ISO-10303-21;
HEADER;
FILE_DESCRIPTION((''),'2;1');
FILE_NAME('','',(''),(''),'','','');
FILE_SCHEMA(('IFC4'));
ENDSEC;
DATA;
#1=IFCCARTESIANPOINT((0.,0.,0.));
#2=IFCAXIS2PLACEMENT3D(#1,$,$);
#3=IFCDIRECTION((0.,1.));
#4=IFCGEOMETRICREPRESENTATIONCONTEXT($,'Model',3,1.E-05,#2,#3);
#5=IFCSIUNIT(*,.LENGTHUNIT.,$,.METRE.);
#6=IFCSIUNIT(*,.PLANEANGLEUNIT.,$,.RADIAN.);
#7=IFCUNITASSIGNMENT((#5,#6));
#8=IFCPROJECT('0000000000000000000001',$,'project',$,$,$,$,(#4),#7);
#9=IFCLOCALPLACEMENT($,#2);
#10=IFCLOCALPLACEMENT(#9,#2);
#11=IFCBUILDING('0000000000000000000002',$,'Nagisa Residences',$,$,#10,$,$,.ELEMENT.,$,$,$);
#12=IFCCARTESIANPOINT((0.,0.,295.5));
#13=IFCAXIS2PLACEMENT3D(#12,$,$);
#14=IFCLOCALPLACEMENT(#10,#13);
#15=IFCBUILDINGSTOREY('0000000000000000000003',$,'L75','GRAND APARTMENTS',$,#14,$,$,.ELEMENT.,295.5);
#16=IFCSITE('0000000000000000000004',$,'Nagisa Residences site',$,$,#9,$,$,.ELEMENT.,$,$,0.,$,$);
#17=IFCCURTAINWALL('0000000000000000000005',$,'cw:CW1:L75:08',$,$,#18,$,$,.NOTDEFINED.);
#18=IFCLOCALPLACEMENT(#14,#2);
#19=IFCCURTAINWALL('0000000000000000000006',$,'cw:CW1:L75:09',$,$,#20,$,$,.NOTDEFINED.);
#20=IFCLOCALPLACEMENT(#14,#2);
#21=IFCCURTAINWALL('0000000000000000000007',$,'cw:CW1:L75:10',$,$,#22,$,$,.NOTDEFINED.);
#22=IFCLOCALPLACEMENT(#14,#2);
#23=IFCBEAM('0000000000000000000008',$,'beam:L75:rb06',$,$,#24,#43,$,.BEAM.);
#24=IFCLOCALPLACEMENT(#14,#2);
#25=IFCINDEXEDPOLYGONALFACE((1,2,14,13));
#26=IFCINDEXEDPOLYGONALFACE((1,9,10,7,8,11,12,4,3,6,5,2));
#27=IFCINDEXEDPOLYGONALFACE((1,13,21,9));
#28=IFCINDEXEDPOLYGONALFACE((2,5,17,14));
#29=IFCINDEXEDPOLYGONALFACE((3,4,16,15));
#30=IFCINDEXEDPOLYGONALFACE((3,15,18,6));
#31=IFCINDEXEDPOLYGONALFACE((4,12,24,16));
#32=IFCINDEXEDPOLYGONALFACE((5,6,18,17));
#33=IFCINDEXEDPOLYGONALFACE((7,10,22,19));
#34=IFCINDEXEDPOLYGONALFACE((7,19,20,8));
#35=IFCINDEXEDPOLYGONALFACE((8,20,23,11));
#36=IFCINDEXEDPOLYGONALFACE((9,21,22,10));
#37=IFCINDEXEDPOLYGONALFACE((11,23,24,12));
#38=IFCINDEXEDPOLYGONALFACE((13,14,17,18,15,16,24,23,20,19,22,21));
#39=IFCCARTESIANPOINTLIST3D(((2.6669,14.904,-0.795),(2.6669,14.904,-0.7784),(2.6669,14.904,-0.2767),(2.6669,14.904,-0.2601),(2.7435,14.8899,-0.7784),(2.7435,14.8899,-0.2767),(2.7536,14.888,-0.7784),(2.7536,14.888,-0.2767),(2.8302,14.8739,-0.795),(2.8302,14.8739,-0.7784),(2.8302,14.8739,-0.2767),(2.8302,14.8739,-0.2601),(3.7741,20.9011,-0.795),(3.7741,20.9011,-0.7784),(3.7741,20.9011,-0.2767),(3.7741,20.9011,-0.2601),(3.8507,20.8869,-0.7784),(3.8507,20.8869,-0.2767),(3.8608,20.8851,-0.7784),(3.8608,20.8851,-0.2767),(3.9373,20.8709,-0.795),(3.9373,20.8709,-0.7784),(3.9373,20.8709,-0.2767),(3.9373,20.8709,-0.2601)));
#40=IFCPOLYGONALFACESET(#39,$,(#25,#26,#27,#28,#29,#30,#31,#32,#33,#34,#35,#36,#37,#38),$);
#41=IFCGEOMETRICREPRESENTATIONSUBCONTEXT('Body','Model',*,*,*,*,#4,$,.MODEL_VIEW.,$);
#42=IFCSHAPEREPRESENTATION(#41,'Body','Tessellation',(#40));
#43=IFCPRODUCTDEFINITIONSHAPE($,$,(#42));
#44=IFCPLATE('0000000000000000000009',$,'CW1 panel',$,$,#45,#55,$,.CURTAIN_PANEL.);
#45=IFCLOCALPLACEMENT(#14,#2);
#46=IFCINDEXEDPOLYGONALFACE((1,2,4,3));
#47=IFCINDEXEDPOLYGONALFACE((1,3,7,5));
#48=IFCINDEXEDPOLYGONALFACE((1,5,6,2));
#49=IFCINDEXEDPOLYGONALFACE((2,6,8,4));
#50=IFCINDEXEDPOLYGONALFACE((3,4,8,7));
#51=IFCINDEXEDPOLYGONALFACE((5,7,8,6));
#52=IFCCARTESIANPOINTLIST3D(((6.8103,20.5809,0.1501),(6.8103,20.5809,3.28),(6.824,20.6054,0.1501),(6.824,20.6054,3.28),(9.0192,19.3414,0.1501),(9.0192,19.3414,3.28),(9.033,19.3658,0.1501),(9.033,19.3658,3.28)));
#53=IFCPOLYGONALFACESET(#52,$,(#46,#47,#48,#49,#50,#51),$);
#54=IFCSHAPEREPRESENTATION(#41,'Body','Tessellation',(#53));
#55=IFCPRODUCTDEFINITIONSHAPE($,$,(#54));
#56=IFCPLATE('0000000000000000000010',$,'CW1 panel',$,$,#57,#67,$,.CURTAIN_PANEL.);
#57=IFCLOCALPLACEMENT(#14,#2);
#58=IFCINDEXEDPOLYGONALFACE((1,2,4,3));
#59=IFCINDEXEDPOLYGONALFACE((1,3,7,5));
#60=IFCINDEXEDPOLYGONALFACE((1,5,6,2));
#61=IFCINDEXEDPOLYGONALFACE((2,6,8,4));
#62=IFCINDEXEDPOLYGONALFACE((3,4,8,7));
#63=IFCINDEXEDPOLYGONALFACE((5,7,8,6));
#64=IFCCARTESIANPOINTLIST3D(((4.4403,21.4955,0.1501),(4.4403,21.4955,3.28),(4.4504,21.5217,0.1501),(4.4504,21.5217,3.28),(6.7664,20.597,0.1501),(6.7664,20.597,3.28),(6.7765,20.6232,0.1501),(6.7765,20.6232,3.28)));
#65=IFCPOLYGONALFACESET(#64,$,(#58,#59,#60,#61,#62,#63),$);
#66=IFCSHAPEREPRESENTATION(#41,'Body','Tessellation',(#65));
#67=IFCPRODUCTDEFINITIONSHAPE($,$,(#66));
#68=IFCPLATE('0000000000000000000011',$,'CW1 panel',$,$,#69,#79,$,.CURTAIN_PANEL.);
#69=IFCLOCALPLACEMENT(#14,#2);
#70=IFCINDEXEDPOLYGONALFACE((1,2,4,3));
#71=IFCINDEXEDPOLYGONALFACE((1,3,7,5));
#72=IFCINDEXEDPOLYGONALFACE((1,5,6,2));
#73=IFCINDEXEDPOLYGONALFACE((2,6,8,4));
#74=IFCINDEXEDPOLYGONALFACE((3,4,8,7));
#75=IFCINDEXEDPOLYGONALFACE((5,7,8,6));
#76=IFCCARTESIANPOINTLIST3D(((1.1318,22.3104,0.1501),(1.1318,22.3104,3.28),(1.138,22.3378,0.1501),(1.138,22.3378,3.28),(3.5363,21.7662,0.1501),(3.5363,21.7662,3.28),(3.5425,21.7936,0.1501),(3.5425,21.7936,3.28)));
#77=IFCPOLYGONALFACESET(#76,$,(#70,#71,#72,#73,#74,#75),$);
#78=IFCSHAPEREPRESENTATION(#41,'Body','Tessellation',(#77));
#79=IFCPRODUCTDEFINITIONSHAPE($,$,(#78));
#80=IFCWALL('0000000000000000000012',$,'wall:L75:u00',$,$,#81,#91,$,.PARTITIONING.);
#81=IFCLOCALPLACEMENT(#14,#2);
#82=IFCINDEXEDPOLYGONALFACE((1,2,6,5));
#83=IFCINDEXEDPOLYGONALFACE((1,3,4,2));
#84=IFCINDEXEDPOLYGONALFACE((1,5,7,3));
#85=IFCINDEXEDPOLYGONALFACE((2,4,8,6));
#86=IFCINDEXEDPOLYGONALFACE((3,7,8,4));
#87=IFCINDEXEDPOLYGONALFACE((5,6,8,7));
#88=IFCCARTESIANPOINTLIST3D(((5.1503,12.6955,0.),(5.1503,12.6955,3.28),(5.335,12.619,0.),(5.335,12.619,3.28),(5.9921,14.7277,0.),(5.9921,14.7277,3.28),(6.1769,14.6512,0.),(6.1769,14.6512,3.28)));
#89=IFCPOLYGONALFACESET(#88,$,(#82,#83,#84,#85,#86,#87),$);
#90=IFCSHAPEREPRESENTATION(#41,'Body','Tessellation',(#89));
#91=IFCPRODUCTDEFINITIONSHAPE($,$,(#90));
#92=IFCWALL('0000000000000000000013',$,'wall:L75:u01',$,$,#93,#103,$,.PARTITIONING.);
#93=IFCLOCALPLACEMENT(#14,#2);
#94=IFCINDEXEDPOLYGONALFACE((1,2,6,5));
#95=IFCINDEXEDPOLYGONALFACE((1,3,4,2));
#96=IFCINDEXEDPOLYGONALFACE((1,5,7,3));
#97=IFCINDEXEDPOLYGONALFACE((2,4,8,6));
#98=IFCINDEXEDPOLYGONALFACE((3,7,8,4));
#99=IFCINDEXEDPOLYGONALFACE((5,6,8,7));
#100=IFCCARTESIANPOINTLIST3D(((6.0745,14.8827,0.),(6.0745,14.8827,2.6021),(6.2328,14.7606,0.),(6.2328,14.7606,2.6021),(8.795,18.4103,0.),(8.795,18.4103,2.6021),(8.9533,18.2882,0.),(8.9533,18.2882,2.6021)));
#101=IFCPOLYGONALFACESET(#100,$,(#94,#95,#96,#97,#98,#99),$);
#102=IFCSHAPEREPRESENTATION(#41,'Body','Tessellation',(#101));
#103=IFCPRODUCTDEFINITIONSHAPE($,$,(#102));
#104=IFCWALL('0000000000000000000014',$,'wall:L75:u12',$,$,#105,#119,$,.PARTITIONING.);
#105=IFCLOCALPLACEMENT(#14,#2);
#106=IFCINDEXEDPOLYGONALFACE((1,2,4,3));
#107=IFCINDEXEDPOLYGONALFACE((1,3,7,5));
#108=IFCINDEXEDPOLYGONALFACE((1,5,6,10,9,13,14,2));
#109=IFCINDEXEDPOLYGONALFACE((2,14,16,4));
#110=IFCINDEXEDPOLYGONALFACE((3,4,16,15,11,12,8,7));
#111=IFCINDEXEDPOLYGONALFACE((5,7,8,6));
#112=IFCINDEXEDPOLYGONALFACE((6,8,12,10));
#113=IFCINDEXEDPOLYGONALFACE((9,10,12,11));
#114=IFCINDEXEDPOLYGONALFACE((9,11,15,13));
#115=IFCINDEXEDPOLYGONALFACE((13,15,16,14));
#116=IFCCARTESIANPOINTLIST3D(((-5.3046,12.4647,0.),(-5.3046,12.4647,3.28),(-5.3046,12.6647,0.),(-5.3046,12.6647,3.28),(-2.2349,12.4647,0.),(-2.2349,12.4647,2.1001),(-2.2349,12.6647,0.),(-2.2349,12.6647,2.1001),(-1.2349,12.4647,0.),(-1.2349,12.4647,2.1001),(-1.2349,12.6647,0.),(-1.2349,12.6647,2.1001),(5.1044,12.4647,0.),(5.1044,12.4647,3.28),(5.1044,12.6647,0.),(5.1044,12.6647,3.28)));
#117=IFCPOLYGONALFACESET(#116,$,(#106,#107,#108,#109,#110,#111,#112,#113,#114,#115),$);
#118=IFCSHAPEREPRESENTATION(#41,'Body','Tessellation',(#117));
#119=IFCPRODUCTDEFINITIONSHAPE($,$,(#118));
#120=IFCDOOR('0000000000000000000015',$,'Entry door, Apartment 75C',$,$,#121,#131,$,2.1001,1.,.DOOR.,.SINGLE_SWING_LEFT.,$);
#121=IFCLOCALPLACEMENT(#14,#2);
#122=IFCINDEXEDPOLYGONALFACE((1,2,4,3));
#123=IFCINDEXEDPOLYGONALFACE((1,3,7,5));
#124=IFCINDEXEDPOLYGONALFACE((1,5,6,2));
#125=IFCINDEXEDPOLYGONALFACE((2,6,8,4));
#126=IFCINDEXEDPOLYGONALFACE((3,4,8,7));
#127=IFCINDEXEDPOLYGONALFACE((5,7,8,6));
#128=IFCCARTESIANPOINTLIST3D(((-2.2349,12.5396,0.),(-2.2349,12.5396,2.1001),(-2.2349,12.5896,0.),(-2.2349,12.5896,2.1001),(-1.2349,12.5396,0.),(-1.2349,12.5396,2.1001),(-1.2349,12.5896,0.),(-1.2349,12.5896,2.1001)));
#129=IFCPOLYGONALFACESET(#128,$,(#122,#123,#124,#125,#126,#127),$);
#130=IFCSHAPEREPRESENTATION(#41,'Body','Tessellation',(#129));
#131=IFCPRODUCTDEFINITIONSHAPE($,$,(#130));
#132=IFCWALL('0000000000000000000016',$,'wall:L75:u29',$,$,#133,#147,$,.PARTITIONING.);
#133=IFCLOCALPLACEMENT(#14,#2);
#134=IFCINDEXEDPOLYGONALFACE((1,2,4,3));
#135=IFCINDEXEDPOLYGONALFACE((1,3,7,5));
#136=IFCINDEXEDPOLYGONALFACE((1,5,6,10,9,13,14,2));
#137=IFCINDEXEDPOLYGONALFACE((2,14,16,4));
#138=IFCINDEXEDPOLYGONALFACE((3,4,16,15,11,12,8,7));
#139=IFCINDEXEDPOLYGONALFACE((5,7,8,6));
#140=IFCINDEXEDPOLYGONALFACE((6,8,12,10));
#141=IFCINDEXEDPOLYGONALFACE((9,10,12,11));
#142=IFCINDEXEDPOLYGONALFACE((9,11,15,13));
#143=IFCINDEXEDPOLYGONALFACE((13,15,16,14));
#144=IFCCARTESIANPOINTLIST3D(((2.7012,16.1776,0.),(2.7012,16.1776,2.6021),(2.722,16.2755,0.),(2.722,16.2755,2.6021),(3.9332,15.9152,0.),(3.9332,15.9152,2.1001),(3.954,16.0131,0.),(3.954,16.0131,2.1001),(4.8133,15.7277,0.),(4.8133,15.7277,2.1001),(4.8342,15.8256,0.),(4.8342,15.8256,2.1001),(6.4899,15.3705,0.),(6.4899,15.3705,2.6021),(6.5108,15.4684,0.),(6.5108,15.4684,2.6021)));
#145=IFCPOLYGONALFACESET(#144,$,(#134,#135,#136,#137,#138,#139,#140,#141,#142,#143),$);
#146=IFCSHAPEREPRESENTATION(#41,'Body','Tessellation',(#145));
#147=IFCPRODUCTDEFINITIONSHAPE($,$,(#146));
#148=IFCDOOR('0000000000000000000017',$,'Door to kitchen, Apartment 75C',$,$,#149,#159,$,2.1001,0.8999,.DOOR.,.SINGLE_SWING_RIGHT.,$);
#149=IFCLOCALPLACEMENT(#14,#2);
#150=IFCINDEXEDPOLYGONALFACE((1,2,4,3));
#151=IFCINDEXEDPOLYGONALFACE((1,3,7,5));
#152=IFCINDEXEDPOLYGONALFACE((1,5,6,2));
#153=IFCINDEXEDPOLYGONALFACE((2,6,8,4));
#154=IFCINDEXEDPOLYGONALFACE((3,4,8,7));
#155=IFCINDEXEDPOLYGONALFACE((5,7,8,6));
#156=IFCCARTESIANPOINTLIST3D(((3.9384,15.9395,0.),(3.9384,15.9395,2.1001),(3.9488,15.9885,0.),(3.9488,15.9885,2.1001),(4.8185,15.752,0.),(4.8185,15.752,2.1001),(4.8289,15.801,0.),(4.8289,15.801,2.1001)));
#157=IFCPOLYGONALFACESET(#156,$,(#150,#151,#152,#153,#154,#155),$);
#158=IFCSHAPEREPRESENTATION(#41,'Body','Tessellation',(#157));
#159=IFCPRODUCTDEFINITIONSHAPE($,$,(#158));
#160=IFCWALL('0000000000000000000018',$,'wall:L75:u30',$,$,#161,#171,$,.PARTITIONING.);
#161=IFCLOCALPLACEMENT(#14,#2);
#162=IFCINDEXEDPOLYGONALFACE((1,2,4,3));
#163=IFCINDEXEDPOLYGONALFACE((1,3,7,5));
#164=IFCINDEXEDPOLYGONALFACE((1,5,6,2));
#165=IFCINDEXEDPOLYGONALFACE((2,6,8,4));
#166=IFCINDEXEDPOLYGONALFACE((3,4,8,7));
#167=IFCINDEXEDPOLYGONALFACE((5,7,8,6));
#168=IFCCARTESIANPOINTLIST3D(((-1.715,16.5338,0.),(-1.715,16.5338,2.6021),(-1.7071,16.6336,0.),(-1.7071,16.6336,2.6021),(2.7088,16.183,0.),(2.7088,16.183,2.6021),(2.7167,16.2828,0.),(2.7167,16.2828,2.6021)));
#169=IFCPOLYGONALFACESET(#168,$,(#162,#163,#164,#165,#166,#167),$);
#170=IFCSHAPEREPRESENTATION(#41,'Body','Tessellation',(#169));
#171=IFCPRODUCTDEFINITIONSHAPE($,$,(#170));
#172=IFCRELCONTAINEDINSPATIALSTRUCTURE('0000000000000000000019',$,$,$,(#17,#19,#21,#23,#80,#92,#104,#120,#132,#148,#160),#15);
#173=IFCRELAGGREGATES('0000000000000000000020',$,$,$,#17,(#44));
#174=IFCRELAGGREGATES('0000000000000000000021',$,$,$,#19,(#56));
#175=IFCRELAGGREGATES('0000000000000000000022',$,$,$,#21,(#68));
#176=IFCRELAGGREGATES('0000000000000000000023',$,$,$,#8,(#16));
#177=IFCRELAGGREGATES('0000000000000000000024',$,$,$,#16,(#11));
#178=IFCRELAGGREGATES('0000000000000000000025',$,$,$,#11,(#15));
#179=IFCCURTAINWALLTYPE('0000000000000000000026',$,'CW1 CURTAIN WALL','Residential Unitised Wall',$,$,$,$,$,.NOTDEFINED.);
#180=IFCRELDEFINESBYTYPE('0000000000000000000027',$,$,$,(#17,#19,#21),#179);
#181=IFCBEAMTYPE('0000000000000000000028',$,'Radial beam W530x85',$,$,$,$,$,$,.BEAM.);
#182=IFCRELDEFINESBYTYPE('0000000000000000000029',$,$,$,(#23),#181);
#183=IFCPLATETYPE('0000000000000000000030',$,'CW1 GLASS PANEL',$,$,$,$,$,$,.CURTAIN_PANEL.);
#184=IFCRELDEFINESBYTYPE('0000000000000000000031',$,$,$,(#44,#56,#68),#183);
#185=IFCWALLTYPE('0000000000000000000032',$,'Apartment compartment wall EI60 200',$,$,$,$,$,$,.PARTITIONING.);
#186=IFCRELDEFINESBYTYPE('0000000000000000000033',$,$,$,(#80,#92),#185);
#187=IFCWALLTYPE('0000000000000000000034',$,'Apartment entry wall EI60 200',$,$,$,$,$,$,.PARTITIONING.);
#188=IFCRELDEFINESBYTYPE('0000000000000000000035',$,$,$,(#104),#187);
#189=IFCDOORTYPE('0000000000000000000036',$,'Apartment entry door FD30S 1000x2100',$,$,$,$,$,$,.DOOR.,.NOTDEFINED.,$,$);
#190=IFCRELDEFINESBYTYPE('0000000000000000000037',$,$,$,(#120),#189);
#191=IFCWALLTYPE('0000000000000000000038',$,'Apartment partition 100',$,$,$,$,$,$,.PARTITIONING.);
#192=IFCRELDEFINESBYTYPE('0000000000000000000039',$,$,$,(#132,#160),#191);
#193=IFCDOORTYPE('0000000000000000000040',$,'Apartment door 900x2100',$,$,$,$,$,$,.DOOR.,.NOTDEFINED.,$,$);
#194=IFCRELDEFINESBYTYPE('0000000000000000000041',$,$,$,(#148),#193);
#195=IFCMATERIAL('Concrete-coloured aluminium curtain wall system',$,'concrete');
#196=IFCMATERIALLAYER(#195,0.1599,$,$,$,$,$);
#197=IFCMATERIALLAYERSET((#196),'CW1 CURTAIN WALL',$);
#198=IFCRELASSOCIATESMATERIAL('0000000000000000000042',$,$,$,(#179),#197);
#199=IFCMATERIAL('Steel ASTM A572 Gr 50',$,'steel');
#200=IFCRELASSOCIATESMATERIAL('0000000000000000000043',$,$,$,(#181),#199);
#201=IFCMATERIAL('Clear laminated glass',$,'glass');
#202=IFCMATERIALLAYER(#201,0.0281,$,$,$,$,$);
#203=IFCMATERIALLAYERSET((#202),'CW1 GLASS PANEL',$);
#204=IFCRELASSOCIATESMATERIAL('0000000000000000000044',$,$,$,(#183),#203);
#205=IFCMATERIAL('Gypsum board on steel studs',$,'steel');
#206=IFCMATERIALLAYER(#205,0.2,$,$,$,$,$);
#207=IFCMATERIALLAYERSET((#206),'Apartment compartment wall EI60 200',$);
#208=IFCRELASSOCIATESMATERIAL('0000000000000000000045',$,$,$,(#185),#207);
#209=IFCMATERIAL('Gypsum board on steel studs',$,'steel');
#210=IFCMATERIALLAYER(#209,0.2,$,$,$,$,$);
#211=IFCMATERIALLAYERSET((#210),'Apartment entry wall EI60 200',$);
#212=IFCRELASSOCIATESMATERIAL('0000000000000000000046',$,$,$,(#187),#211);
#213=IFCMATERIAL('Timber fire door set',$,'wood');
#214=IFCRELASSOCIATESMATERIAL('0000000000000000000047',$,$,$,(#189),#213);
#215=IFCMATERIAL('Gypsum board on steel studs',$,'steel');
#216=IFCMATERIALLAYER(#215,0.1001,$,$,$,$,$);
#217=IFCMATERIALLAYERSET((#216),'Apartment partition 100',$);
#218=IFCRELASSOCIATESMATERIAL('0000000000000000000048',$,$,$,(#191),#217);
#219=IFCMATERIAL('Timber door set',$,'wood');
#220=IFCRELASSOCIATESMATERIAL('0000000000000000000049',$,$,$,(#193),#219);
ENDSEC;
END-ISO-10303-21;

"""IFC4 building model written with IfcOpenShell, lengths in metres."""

from ifc_helpers import new_model, si_unit, direction, frame, frame_2d, origin, origin_2d, place, context, subcontext, project, spatial, rectangle, i_section, extrude, material, layer, layer_set, material_profile, profile_set, type_object, element, fill, aggregate, save


model = new_model("IFC4")

# Units and contexts
model_context = context("Model", 3, precision=1e-05, world=origin(), true_north=direction((0.0, 1.0)))
body_context = subcontext(model_context, "Body", "Model", "MODEL_VIEW")
ifc_project = project(units=[si_unit("LENGTHUNIT", "METRE"), si_unit("PLANEANGLEUNIT", "RADIAN")], contexts=[model_context])

# Site, building, storey
site_placement = place(None, origin())
site = spatial("IfcSite", under=ifc_project, at=site_placement, Name="Nagisa Residences site", CompositionType="ELEMENT", RefElevation=0.0)
building_placement = place(site_placement, origin())
building = spatial("IfcBuilding", under=site, at=building_placement, Name="Nagisa Residences", CompositionType="ELEMENT")
storey_placement = place(building_placement, frame((0.0, 0.0, 295.5)))
storey = spatial("IfcBuildingStorey", under=building, at=storey_placement, Name="L75", Description="GRAND APARTMENTS", CompositionType="ELEMENT", Elevation=295.5)

# Curtain walls
ifc_material_1 = material(Name="Concrete-coloured aluminium curtain wall system", Category="concrete")
ifc_layer_1 = layer(ifc_material_1, 0.1599)
ifc_layer_set_1 = layer_set([ifc_layer_1], Name="CW1 CURTAIN WALL")
curtain_wall_type = type_object("IfcCurtainWallType", Name="CW1 CURTAIN WALL", Description="Residential Unitised Wall", PredefinedType="NOTDEFINED", material=ifc_layer_set_1)
curtain_wall_1_placement = place(storey_placement, origin())
curtain_wall_1 = element("IfcCurtainWall", 1, at=curtain_wall_1_placement, inside=storey, type_object=curtain_wall_type, Name="cw:CW1:L75:08", PredefinedType="NOTDEFINED")
curtain_wall_2_placement = place(storey_placement, origin())
curtain_wall_2 = element("IfcCurtainWall", 2, at=curtain_wall_2_placement, inside=storey, type_object=curtain_wall_type, Name="cw:CW1:L75:09", PredefinedType="NOTDEFINED")
curtain_wall_3_placement = place(storey_placement, origin())
curtain_wall_3 = element("IfcCurtainWall", 3, at=curtain_wall_3_placement, inside=storey, type_object=curtain_wall_type, Name="cw:CW1:L75:10", PredefinedType="NOTDEFINED")

# Beam
ifc_material_2 = material(Name="Steel ASTM A572 Gr 50", Category="steel")
ifc_material_profile_1 = material_profile(ifc_material_2, i_section(OverallWidth=0.166, OverallDepth=0.5349, WebThickness=0.0103, FlangeThickness=0.0166, at=origin_2d()), Name="W530x85")
ifc_profile_set_1 = profile_set([ifc_material_profile_1], Name="Steel ASTM A572 Gr 50")
beam_type_1 = type_object("IfcBeamType", Name="Radial beam W530x85", PredefinedType="BEAM", material=ifc_profile_set_1)
beam_1_placement = place(storey_placement, frame((3.8557, 20.886, -0.5276), z_axis=(-0.181552, -0.983381, 0.0), x_axis=(0.983381, -0.181552, 0.0)))
element("IfcBeam", 4, at=beam_1_placement, inside=storey, type_object=beam_type_1, Name="beam:L75:rb06", PredefinedType="BEAM", context=body_context, shape_type="SweptSolid", body=[
    extrude(i_section(OverallWidth=0.166, OverallDepth=0.5349, WebThickness=0.0103, FlangeThickness=0.0166, at=origin_2d()), origin(), (0.0, 0.0, 1.0), 6.0984),
])

# Plates
ifc_material_3 = material(Name="Clear laminated glass", Category="glass")
ifc_layer_2 = layer(ifc_material_3, 0.0281)
ifc_layer_set_2 = layer_set([ifc_layer_2], Name="CW1 GLASS PANEL")
plate_type = type_object("IfcPlateType", Name="CW1 GLASS PANEL", PredefinedType="CURTAIN_PANEL", material=ifc_layer_set_2)
plate_1_placement = place(storey_placement, frame((7.9216, 19.9734, 0.1501), z_axis=(0.0, 0.0, 1.0), x_axis=(-0.872072, 0.489377, 0.0)))
plate_1 = element("IfcPlate", 5, at=plate_1_placement, type_object=plate_type, Name="CW1 panel", PredefinedType="CURTAIN_PANEL", context=body_context, shape_type="SweptSolid", body=[
    extrude(rectangle(XDim=2.533, YDim=0.0281, at=origin_2d()), origin(), (0.0, 0.0, 1.0), 3.1299),
])
aggregate(curtain_wall_1, [plate_1])
plate_2_placement = place(storey_placement, frame((5.6084, 21.0593, 0.1501), z_axis=(0.0, 0.0, 1.0), x_axis=(-0.932826, 0.360328, 0.0)))
plate_2 = element("IfcPlate", 6, at=plate_2_placement, type_object=plate_type, Name="CW1 panel", PredefinedType="CURTAIN_PANEL", context=body_context, shape_type="SweptSolid", body=[
    extrude(rectangle(XDim=2.4937, YDim=0.0281, at=origin_2d()), origin(), (0.0, 0.0, 1.0), 3.1299),
])
aggregate(curtain_wall_2, [plate_2])
plate_3_placement = place(storey_placement, frame((2.3372, 22.052, 0.1501), z_axis=(0.0, 0.0, 1.0), x_axis=(-0.975327, 0.220764, 0.0)))
plate_3 = element("IfcPlate", 7, at=plate_3_placement, type_object=plate_type, Name="CW1 panel", PredefinedType="CURTAIN_PANEL", context=body_context, shape_type="SweptSolid", body=[
    extrude(rectangle(XDim=2.4653, YDim=0.0281, at=origin_2d()), origin(), (0.0, 0.0, 1.0), 3.1299),
])
aggregate(curtain_wall_3, [plate_3])

# Walls
ifc_material_4 = material(Name="Gypsum board on steel studs", Category="steel")
ifc_layer_3 = layer(ifc_material_4, 0.2)
ifc_layer_set_3 = layer_set([ifc_layer_3], Name="Apartment compartment wall EI60 200")
wall_type_1 = type_object("IfcWallType", Name="Apartment compartment wall EI60 200", PredefinedType="PARTITIONING", material=ifc_layer_set_3)
wall_1_placement = place(storey_placement, frame((5.2427, 12.6572, 0.0), z_axis=(0.0, 0.0, 1.0), x_axis=(0.382692, 0.923876, 0.0)))
element("IfcWall", 8, at=wall_1_placement, inside=storey, type_object=wall_type_1, Name="wall:L75:u00", PredefinedType="PARTITIONING", context=body_context, shape_type="SweptSolid", body=[
    extrude(rectangle(XDim=2.1997, YDim=0.2, at=frame_2d((1.0999, 0.0))), origin(), (0.0, 0.0, 1.0), 3.28),
])
wall_2_placement = place(storey_placement, frame((6.1536, 14.8215, 0.0), z_axis=(0.0, 0.0, 1.0), x_axis=(0.610688, 0.791872, 0.0)))
element("IfcWall", 9, at=wall_2_placement, inside=storey, type_object=wall_type_1, Name="wall:L75:u01", PredefinedType="PARTITIONING", context=body_context, shape_type="SweptSolid", body=[
    extrude(rectangle(XDim=4.4548, YDim=0.2, at=frame_2d((2.2275, 0.0))), origin(), (0.0, 0.0, 1.0), 2.6021),
])

# Walls, openings, doors
ifc_material_5 = material(Name="Gypsum board on steel studs", Category="steel")
ifc_layer_4 = layer(ifc_material_5, 0.2)
ifc_layer_set_4 = layer_set([ifc_layer_4], Name="Apartment entry wall EI60 200")
wall_type_2 = type_object("IfcWallType", Name="Apartment entry wall EI60 200", PredefinedType="PARTITIONING", material=ifc_layer_set_4)
wall_3_placement = place(storey_placement, frame((5.1045, 12.5647, 0.0), z_axis=(0.0, 0.0, 1.0), x_axis=(-1.0, 0.0, 0.0)))
wall_3 = element("IfcWall", 10, at=wall_3_placement, inside=storey, type_object=wall_type_2, Name="wall:L75:u12", PredefinedType="PARTITIONING", context=body_context, shape_type="SweptSolid", body=[
    extrude(rectangle(XDim=10.4089, YDim=0.2, at=frame_2d((5.2046, 0.0))), origin(), (0.0, 0.0, 1.0), 3.28),
])
opening_1_placement = place(wall_3_placement, frame((6.3394, 0.0, 0.0)))
opening_1 = element("IfcOpeningElement", 11, at=opening_1_placement, cuts=wall_3, PredefinedType="OPENING", context=body_context, shape_type="SweptSolid", body=[
    extrude(rectangle(XDim=1.0, YDim=2.1001, at=frame_2d((0.5, 1.05))), frame((0.0, 0.1099, 0.0), z_axis=(0.0, -1.0, 0.0), x_axis=(1.0, 0.0, 0.0)), (0.0, 0.0, 1.0), 0.22),
])
ifc_material_6 = material(Name="Timber fire door set", Category="wood")
door_type_1 = type_object("IfcDoorType", Name="Apartment entry door FD30S 1000x2100", OperationType="NOTDEFINED", PredefinedType="DOOR", material=ifc_material_6)
door_1_placement = place(opening_1_placement, frame((1.0, 0.0, 0.0), x_axis=(-1.0, 0.0, 0.0)))
door_1 = element("IfcDoor", 12, at=door_1_placement, inside=storey, type_object=door_type_1, Name="Entry door, Apartment 75C", OperationType="SINGLE_SWING_LEFT", OverallHeight=2.1001, OverallWidth=1.0, PredefinedType="DOOR", context=body_context, shape_type="SweptSolid", body=[
    extrude(rectangle(XDim=1.0, YDim=2.1001, at=frame_2d((0.5, 1.05))), frame((0.0, 0.0249, 0.0), z_axis=(0.0, -1.0, 0.0), x_axis=(1.0, 0.0, 0.0)), (0.0, 0.0, 1.0), 0.05),
])
fill(opening_1, door_1)
ifc_material_7 = material(Name="Gypsum board on steel studs", Category="steel")
ifc_layer_5 = layer(ifc_material_7, 0.1001)
ifc_layer_set_5 = layer_set([ifc_layer_5], Name="Apartment partition 100")
wall_type_3 = type_object("IfcWallType", Name="Apartment partition 100", PredefinedType="PARTITIONING", material=ifc_layer_set_5)
wall_4_placement = place(storey_placement, frame((6.5005, 15.4194, 0.0), z_axis=(0.0, 0.0, 1.0), x_axis=(-0.978053, 0.208354, 0.0)))
wall_4 = element("IfcWall", 13, at=wall_4_placement, inside=storey, type_object=wall_type_3, Name="wall:L75:u29", PredefinedType="PARTITIONING", context=body_context, shape_type="SweptSolid", body=[
    extrude(rectangle(XDim=3.8738, YDim=0.1001, at=frame_2d((1.937, 0.0))), origin(), (0.0, 0.0, 1.0), 2.6021),
])
opening_2_placement = place(wall_4_placement, frame((1.7144, 0.0, 0.0)))
opening_2 = element("IfcOpeningElement", 14, at=opening_2_placement, cuts=wall_4, PredefinedType="OPENING", context=body_context, shape_type="SweptSolid", body=[
    extrude(rectangle(XDim=0.8999, YDim=2.1001, at=frame_2d((0.45, 1.05))), frame((0.0, 0.0601, 0.0), z_axis=(0.0, -1.0, 0.0), x_axis=(1.0, 0.0, 0.0)), (0.0, 0.0, 1.0), 0.1201),
])
ifc_material_8 = material(Name="Timber door set", Category="wood")
door_type_2 = type_object("IfcDoorType", Name="Apartment door 900x2100", OperationType="NOTDEFINED", PredefinedType="DOOR", material=ifc_material_8)
door_2_placement = place(opening_2_placement, frame((0.8999, 0.0, 0.0), x_axis=(-1.0, 0.0, 0.0)))
door_2 = element("IfcDoor", 15, at=door_2_placement, inside=storey, type_object=door_type_2, Name="Door to kitchen, Apartment 75C", OperationType="SINGLE_SWING_RIGHT", OverallHeight=2.1001, OverallWidth=0.8999, PredefinedType="DOOR", context=body_context, shape_type="SweptSolid", body=[
    extrude(rectangle(XDim=0.8999, YDim=2.1001, at=frame_2d((0.45, 1.05))), frame((0.0, 0.0249, 0.0), z_axis=(0.0, -1.0, 0.0), x_axis=(1.0, 0.0, 0.0)), (0.0, 0.0, 1.0), 0.05),
])
fill(opening_2, door_2)

# Wall
wall_5_placement = place(storey_placement, frame((2.7126, 16.2329, 0.0), z_axis=(0.0, 0.0, 1.0), x_axis=(-0.99687, 0.079056, 0.0)))
element("IfcWall", 16, at=wall_5_placement, inside=storey, type_object=wall_type_3, Name="wall:L75:u30", PredefinedType="PARTITIONING", context=body_context, shape_type="SweptSolid", body=[
    extrude(rectangle(XDim=4.4377, YDim=0.1001, at=frame_2d((2.2188, 0.0))), origin(), (0.0, 0.0, 1.0), 2.6021),
])

save(model, "model.ifc")
